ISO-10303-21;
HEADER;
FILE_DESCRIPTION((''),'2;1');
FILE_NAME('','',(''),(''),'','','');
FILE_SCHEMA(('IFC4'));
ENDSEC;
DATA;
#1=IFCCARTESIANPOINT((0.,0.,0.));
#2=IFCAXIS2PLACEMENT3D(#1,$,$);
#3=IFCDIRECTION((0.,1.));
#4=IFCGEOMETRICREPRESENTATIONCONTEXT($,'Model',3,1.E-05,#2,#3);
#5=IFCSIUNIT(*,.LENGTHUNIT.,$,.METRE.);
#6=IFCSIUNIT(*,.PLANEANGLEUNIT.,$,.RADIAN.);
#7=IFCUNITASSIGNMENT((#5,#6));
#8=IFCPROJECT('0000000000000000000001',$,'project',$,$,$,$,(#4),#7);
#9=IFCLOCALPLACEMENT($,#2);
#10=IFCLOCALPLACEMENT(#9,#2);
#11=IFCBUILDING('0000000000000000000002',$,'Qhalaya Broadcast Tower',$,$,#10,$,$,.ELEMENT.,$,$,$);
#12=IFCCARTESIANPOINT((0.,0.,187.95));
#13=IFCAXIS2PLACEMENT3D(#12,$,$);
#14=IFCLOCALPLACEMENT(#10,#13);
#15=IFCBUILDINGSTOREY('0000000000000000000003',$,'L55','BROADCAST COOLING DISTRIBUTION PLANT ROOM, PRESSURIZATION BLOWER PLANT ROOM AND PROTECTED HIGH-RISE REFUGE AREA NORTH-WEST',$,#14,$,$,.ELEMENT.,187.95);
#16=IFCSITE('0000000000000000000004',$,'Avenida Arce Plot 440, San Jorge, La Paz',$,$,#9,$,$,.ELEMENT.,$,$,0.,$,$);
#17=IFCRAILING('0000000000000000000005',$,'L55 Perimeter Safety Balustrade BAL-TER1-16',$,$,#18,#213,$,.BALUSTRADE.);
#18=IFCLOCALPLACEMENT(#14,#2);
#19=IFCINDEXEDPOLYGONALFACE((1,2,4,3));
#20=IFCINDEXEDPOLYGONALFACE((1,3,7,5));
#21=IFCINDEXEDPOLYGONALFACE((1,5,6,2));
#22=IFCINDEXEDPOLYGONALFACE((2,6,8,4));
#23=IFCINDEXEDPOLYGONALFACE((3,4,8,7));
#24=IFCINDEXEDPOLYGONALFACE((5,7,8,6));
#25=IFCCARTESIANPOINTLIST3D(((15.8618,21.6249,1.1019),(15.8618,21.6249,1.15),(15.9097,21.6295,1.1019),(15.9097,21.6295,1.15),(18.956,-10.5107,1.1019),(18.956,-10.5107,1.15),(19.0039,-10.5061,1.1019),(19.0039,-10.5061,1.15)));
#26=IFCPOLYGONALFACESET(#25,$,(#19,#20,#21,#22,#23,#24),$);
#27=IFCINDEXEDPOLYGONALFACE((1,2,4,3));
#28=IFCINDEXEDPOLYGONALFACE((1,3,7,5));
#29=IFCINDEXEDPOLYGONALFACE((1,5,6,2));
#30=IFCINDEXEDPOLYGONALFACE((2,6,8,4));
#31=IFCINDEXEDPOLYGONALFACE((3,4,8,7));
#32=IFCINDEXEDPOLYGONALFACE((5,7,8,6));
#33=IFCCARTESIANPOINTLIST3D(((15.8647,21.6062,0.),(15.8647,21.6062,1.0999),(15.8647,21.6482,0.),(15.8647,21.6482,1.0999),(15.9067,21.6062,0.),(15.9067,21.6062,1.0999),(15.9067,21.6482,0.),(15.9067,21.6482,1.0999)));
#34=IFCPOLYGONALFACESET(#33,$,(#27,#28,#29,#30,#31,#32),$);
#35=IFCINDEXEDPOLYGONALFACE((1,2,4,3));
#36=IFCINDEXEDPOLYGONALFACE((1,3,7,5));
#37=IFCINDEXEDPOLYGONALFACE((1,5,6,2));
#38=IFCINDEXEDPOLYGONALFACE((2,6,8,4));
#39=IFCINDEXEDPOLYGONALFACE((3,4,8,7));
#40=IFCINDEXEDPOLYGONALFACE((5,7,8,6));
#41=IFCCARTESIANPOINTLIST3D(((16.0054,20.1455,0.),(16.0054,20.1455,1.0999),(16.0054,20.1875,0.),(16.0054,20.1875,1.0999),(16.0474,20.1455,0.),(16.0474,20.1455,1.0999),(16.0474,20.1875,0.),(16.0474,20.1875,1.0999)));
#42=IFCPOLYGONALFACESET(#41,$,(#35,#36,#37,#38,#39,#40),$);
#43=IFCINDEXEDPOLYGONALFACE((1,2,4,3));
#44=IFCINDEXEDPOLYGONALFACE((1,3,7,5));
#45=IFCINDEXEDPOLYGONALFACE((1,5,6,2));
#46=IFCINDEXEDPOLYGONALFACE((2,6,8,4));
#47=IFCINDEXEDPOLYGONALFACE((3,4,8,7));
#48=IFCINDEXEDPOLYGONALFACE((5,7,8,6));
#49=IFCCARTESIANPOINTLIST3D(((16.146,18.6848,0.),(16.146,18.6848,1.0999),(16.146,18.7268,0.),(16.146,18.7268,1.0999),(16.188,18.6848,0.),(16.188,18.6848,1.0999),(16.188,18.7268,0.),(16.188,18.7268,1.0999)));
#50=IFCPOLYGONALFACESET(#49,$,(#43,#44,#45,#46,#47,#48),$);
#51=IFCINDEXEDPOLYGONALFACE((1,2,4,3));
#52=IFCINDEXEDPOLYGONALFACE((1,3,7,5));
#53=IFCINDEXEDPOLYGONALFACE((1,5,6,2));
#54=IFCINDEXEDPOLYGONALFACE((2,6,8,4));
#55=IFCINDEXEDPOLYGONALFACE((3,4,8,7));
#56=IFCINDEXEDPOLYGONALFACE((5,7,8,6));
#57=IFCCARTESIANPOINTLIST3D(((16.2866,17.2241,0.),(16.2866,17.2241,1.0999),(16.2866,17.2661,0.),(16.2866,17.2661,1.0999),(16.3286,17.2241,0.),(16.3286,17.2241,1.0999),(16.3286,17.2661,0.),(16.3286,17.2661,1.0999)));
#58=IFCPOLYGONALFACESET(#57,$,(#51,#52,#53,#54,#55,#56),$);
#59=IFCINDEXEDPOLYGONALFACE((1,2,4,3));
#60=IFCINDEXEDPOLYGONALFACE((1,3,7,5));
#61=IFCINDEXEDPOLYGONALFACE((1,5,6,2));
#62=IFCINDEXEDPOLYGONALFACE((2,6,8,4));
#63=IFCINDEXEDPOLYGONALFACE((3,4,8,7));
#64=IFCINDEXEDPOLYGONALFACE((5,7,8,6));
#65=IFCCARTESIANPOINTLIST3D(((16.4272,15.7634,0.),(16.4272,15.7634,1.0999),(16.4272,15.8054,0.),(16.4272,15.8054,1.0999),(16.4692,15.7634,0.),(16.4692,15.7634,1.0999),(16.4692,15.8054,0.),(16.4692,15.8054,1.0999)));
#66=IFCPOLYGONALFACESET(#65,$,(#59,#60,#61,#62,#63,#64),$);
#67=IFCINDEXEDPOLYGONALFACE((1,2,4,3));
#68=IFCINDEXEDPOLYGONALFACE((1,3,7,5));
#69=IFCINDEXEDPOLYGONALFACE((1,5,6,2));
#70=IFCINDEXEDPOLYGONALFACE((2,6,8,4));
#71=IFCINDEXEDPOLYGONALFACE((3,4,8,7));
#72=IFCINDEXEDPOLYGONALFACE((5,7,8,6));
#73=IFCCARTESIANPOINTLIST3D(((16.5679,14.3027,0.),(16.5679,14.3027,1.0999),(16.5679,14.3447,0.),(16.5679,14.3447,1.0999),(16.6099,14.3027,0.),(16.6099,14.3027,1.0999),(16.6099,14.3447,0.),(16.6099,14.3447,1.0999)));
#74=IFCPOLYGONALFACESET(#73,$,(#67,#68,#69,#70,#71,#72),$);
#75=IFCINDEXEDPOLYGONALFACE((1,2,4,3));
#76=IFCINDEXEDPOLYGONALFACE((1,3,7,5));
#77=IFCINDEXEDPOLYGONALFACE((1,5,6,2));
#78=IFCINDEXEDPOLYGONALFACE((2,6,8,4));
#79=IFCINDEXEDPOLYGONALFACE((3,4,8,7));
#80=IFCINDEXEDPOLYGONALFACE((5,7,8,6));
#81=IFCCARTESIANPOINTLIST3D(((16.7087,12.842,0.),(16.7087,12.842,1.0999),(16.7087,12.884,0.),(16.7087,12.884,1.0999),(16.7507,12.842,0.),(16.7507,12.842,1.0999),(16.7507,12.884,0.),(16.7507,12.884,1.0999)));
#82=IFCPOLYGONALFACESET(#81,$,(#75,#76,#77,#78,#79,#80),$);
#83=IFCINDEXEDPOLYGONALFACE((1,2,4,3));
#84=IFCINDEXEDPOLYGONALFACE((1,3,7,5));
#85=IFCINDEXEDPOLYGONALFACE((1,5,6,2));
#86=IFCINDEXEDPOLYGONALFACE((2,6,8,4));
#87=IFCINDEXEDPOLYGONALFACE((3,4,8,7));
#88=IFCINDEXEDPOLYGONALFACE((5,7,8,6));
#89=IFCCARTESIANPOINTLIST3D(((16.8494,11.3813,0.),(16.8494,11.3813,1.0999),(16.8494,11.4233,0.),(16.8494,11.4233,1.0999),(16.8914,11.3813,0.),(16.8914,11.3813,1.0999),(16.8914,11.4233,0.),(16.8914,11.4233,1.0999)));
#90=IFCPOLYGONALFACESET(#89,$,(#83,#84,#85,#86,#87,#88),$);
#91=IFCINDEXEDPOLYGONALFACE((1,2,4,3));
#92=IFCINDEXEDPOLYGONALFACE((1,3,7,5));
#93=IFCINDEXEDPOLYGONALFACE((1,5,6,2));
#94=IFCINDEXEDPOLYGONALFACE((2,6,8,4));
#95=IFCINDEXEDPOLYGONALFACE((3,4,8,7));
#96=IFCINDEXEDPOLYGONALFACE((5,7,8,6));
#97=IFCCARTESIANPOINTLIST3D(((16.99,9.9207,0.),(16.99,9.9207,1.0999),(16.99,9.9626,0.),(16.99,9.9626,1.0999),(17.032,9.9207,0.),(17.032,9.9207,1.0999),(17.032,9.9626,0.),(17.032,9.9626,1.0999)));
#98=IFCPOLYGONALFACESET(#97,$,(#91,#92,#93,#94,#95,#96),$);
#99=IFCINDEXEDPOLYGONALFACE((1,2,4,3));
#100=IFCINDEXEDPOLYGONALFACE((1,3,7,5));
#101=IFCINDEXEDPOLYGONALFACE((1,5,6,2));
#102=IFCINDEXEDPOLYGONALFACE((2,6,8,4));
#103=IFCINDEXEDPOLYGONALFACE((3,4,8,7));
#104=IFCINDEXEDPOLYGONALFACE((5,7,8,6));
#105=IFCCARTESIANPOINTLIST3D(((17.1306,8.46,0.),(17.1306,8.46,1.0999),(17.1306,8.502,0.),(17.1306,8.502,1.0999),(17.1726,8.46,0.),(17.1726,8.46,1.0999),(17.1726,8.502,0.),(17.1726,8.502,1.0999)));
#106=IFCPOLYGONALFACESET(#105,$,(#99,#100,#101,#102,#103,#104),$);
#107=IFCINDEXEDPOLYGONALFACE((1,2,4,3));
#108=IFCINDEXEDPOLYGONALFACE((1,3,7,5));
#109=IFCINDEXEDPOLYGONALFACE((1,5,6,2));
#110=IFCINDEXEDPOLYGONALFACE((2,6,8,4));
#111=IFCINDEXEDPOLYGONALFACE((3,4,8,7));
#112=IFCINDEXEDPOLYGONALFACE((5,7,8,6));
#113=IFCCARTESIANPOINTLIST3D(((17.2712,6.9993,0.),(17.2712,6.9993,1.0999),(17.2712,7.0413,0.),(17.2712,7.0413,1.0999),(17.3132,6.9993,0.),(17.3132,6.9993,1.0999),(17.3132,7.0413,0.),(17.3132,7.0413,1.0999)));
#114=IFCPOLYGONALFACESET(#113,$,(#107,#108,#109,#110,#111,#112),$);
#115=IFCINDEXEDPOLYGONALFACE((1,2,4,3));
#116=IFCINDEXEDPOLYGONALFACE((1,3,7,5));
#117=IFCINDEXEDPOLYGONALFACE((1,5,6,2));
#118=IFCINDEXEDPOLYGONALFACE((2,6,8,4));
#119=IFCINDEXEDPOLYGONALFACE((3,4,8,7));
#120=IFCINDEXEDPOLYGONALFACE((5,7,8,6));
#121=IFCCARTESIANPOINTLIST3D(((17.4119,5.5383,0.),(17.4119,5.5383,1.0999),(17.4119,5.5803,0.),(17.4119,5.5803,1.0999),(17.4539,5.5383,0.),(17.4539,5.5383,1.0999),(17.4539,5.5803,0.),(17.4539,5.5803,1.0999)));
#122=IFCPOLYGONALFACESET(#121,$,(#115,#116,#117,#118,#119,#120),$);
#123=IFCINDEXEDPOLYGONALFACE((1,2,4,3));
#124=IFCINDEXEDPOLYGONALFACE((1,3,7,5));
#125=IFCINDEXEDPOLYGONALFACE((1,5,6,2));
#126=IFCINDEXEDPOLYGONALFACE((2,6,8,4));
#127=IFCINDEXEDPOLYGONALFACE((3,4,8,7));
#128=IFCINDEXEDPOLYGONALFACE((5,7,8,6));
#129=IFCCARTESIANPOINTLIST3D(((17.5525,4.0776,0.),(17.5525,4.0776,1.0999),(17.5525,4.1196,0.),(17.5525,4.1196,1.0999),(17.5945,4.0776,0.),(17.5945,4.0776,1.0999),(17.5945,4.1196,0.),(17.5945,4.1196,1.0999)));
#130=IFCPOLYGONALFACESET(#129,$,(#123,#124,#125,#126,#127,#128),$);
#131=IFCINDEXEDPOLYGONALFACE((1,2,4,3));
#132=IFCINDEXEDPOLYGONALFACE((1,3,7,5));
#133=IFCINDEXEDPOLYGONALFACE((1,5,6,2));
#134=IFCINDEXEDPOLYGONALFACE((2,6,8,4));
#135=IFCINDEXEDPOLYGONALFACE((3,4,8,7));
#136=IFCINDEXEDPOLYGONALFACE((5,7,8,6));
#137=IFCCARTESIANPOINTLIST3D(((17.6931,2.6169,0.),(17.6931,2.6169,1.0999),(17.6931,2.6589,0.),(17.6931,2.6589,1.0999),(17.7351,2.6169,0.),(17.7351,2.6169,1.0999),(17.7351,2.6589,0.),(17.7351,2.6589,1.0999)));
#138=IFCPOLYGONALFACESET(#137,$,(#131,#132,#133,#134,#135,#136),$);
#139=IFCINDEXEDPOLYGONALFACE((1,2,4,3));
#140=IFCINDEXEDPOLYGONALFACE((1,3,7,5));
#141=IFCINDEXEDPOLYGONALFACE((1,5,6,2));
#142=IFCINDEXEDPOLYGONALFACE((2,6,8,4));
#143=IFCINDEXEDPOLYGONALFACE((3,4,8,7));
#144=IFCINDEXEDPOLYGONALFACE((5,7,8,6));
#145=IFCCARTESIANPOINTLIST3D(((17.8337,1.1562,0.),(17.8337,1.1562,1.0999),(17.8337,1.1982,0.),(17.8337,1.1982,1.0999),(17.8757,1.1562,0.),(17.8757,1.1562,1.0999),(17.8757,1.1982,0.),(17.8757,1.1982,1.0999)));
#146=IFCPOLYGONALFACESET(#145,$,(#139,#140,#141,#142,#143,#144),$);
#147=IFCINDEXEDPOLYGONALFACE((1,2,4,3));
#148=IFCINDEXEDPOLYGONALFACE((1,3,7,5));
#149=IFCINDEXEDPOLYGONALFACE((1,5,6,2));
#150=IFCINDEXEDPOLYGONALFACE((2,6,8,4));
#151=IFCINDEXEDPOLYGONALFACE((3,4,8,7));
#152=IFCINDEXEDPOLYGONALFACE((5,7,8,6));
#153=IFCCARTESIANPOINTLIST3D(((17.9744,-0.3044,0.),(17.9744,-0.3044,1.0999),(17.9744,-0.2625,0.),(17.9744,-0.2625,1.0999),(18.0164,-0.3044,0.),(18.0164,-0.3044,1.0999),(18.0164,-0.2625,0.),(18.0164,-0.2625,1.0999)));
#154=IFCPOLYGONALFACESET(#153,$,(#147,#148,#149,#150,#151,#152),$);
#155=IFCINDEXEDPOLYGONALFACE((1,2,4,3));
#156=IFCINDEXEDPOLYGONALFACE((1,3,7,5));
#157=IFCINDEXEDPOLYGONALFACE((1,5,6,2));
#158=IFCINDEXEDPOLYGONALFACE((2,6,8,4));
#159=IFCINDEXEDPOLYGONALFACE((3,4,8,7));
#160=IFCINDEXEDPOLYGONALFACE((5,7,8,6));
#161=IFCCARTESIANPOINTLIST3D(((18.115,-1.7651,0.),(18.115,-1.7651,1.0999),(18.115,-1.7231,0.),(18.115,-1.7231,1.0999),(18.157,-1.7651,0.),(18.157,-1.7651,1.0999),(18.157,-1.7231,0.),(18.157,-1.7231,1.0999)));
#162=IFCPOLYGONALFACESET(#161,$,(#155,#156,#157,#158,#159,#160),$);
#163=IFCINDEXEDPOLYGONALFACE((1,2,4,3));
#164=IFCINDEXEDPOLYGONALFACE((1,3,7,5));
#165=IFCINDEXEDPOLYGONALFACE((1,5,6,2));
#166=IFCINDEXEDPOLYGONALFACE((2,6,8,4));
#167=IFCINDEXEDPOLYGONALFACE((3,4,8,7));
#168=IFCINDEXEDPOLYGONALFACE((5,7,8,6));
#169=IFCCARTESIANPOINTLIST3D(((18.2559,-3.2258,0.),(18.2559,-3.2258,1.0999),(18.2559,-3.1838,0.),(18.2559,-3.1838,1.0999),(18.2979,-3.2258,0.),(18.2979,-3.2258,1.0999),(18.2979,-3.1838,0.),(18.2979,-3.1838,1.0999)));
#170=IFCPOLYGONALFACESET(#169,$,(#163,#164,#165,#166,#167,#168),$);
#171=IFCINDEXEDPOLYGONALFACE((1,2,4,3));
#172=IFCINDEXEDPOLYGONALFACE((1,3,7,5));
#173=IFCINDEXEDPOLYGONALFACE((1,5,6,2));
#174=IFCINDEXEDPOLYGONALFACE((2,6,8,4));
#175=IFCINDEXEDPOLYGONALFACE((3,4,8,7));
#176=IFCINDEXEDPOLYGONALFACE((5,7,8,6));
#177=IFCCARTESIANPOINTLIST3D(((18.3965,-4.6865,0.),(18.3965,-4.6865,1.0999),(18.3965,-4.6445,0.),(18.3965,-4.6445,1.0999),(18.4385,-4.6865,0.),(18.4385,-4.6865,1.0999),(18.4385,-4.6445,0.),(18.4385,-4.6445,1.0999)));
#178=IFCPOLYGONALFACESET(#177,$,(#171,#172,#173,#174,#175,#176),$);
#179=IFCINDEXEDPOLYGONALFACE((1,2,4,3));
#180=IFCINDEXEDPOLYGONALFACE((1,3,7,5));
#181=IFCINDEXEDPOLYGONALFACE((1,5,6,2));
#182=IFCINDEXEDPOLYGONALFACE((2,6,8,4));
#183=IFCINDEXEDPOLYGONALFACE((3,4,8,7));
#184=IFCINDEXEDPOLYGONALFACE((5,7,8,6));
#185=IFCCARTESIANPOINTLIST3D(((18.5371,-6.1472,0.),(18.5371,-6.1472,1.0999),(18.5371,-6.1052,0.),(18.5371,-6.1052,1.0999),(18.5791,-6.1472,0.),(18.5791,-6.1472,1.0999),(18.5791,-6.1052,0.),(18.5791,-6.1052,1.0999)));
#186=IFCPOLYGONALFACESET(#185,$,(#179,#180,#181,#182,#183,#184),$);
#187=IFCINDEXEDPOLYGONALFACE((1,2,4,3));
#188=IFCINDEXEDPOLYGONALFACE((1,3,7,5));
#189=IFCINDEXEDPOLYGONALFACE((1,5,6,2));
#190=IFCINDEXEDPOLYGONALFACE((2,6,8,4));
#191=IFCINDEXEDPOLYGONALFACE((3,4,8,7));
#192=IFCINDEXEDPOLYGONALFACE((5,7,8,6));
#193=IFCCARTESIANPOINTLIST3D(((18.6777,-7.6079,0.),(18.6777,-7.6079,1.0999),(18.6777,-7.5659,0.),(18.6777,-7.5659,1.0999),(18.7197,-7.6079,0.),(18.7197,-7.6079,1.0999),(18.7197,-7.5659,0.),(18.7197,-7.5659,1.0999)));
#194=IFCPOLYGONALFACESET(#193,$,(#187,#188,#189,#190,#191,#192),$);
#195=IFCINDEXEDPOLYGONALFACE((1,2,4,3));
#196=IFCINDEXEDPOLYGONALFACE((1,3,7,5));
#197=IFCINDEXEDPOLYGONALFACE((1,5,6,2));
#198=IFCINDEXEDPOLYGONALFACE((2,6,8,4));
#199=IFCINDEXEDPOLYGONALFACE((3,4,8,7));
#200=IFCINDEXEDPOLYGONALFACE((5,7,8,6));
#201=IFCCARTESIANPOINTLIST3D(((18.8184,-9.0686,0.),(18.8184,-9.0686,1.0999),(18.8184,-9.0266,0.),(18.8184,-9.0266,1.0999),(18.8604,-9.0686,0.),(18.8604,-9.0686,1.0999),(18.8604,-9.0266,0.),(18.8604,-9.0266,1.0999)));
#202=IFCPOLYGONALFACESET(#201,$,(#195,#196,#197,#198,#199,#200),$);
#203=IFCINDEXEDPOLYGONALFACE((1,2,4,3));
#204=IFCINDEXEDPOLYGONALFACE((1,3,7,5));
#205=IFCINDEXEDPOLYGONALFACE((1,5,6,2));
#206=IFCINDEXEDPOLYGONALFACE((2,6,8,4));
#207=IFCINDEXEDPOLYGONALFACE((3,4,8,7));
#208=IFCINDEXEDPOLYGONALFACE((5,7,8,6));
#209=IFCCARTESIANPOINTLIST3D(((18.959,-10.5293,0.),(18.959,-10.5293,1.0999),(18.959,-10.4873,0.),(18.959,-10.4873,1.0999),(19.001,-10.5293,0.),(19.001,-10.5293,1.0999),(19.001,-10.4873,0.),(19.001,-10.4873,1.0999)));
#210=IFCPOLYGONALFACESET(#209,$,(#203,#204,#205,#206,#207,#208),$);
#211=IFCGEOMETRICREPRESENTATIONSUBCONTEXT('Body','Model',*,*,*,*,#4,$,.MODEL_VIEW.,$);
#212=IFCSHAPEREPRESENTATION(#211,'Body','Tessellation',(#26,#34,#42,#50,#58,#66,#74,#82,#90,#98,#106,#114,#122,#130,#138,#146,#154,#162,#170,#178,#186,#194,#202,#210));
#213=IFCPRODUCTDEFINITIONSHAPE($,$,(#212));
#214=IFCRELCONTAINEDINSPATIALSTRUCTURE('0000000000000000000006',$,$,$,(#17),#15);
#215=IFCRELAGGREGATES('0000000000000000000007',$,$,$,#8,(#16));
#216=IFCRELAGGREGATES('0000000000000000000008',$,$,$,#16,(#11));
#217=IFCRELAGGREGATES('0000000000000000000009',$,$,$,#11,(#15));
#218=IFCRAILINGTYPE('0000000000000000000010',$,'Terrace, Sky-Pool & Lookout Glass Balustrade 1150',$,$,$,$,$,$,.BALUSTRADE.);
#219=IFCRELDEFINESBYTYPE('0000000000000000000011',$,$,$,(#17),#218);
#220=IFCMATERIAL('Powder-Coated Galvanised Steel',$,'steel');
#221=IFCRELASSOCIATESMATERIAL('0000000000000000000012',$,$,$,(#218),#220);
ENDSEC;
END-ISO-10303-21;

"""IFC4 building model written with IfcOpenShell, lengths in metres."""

from ifc_helpers import new_model, si_unit, direction, frame, origin, origin_2d, place, context, subcontext, project, spatial, rectangle, extrude, material, type_object, element, save


model = new_model("IFC4")

# Units and contexts
model_context = context("Model", 3, precision=1e-05, world=origin(), true_north=direction((0.0, 1.0)))
body_context = subcontext(model_context, "Body", "Model", "MODEL_VIEW")
ifc_project = project(units=[si_unit("LENGTHUNIT", "METRE"), si_unit("PLANEANGLEUNIT", "RADIAN")], contexts=[model_context])

# Site, building, storey
site_placement = place(None, origin())
site = spatial("IfcSite", under=ifc_project, at=site_placement, Name="Avenida Arce Plot 440, San Jorge, La Paz", CompositionType="ELEMENT", RefElevation=0.0)
building_placement = place(site_placement, origin())
building = spatial("IfcBuilding", under=site, at=building_placement, Name="Qhalaya Broadcast Tower", CompositionType="ELEMENT")
storey_placement = place(building_placement, frame((0.0, 0.0, 187.95)))
storey = spatial("IfcBuildingStorey", under=building, at=storey_placement, Name="L55", Description="BROADCAST COOLING DISTRIBUTION PLANT ROOM, PRESSURIZATION BLOWER PLANT ROOM AND PROTECTED HIGH-RISE REFUGE AREA NORTH-WEST", CompositionType="ELEMENT", Elevation=187.95)

# Railing
ifc_material_1 = material(Name="Powder-Coated Galvanised Steel", Category="steel")
railing_type = type_object("IfcRailingType", Name="Terrace, Sky-Pool & Lookout Glass Balustrade 1150", PredefinedType="BALUSTRADE", material=ifc_material_1)
railing_1_placement = place(storey_placement, frame((15.8857, 21.6272, 0.0)))
element("IfcRailing", 1, at=railing_1_placement, inside=storey, type_object=railing_type, Name="L55 Perimeter Safety Balustrade BAL-TER1-16", PredefinedType="BALUSTRADE", context=body_context, shape_type="SweptSolid", body=[
    extrude(rectangle(XDim=0.0481, YDim=0.0481, at=origin_2d()), frame((0.0, 0.0, 1.126), z_axis=(0.095844, -0.995396, 0.0), x_axis=(0.995396, 0.095844, 0.0)), (0.0, 0.0, 1.0), 32.2842),
    extrude(rectangle(XDim=0.042, YDim=0.042, at=origin_2d()), origin(), (0.0, 0.0, 1.0), 1.0999),
    extrude(rectangle(XDim=0.042, YDim=0.042, at=origin_2d()), frame((0.1406, -1.4607, 0.0)), (0.0, 0.0, 1.0), 1.0999),
    extrude(rectangle(XDim=0.042, YDim=0.042, at=origin_2d()), frame((0.2812, -2.9214, 0.0)), (0.0, 0.0, 1.0), 1.0999),
    extrude(rectangle(XDim=0.042, YDim=0.042, at=origin_2d()), frame((0.4219, -4.3821, 0.0)), (0.0, 0.0, 1.0), 1.0999),
    extrude(rectangle(XDim=0.042, YDim=0.042, at=origin_2d()), frame((0.5625, -5.8428, 0.0)), (0.0, 0.0, 1.0), 1.0999),
    extrude(rectangle(XDim=0.042, YDim=0.042, at=origin_2d()), frame((0.7031, -7.3035, 0.0)), (0.0, 0.0, 1.0), 1.0999),
    extrude(rectangle(XDim=0.042, YDim=0.042, at=origin_2d()), frame((0.844, -8.7642, 0.0)), (0.0, 0.0, 1.0), 1.0999),
    extrude(rectangle(XDim=0.042, YDim=0.042, at=origin_2d()), frame((0.9846, -10.2249, 0.0)), (0.0, 0.0, 1.0), 1.0999),
    extrude(rectangle(XDim=0.042, YDim=0.042, at=origin_2d()), frame((1.1252, -11.6855, 0.0)), (0.0, 0.0, 1.0), 1.0999),
    extrude(rectangle(XDim=0.042, YDim=0.042, at=origin_2d()), frame((1.2659, -13.1462, 0.0)), (0.0, 0.0, 1.0), 1.0999),
    extrude(rectangle(XDim=0.042, YDim=0.042, at=origin_2d()), frame((1.4065, -14.6069, 0.0)), (0.0, 0.0, 1.0), 1.0999),
    extrude(rectangle(XDim=0.042, YDim=0.042, at=origin_2d()), frame((1.5471, -16.0679, 0.0)), (0.0, 0.0, 1.0), 1.0999),
    extrude(rectangle(XDim=0.042, YDim=0.042, at=origin_2d()), frame((1.6877, -17.5286, 0.0)), (0.0, 0.0, 1.0), 1.0999),
    extrude(rectangle(XDim=0.042, YDim=0.042, at=origin_2d()), frame((1.8284, -18.9893, 0.0)), (0.0, 0.0, 1.0), 1.0999),
    extrude(rectangle(XDim=0.042, YDim=0.042, at=origin_2d()), frame((1.969, -20.45, 0.0)), (0.0, 0.0, 1.0), 1.0999),
    extrude(rectangle(XDim=0.042, YDim=0.042, at=origin_2d()), frame((2.1096, -21.9106, 0.0)), (0.0, 0.0, 1.0), 1.0999),
    extrude(rectangle(XDim=0.042, YDim=0.042, at=origin_2d()), frame((2.2502, -23.3713, 0.0)), (0.0, 0.0, 1.0), 1.0999),
    extrude(rectangle(XDim=0.042, YDim=0.042, at=origin_2d()), frame((2.3911, -24.832, 0.0)), (0.0, 0.0, 1.0), 1.0999),
    extrude(rectangle(XDim=0.042, YDim=0.042, at=origin_2d()), frame((2.5317, -26.2927, 0.0)), (0.0, 0.0, 1.0), 1.0999),
    extrude(rectangle(XDim=0.042, YDim=0.042, at=origin_2d()), frame((2.6724, -27.7534, 0.0)), (0.0, 0.0, 1.0), 1.0999),
    extrude(rectangle(XDim=0.042, YDim=0.042, at=origin_2d()), frame((2.813, -29.2141, 0.0)), (0.0, 0.0, 1.0), 1.0999),
    extrude(rectangle(XDim=0.042, YDim=0.042, at=origin_2d()), frame((2.9536, -30.6748, 0.0)), (0.0, 0.0, 1.0), 1.0999),
    extrude(rectangle(XDim=0.042, YDim=0.042, at=origin_2d()), frame((3.0942, -32.1355, 0.0)), (0.0, 0.0, 1.0), 1.0999),
])

save(model, "model.ifc")
